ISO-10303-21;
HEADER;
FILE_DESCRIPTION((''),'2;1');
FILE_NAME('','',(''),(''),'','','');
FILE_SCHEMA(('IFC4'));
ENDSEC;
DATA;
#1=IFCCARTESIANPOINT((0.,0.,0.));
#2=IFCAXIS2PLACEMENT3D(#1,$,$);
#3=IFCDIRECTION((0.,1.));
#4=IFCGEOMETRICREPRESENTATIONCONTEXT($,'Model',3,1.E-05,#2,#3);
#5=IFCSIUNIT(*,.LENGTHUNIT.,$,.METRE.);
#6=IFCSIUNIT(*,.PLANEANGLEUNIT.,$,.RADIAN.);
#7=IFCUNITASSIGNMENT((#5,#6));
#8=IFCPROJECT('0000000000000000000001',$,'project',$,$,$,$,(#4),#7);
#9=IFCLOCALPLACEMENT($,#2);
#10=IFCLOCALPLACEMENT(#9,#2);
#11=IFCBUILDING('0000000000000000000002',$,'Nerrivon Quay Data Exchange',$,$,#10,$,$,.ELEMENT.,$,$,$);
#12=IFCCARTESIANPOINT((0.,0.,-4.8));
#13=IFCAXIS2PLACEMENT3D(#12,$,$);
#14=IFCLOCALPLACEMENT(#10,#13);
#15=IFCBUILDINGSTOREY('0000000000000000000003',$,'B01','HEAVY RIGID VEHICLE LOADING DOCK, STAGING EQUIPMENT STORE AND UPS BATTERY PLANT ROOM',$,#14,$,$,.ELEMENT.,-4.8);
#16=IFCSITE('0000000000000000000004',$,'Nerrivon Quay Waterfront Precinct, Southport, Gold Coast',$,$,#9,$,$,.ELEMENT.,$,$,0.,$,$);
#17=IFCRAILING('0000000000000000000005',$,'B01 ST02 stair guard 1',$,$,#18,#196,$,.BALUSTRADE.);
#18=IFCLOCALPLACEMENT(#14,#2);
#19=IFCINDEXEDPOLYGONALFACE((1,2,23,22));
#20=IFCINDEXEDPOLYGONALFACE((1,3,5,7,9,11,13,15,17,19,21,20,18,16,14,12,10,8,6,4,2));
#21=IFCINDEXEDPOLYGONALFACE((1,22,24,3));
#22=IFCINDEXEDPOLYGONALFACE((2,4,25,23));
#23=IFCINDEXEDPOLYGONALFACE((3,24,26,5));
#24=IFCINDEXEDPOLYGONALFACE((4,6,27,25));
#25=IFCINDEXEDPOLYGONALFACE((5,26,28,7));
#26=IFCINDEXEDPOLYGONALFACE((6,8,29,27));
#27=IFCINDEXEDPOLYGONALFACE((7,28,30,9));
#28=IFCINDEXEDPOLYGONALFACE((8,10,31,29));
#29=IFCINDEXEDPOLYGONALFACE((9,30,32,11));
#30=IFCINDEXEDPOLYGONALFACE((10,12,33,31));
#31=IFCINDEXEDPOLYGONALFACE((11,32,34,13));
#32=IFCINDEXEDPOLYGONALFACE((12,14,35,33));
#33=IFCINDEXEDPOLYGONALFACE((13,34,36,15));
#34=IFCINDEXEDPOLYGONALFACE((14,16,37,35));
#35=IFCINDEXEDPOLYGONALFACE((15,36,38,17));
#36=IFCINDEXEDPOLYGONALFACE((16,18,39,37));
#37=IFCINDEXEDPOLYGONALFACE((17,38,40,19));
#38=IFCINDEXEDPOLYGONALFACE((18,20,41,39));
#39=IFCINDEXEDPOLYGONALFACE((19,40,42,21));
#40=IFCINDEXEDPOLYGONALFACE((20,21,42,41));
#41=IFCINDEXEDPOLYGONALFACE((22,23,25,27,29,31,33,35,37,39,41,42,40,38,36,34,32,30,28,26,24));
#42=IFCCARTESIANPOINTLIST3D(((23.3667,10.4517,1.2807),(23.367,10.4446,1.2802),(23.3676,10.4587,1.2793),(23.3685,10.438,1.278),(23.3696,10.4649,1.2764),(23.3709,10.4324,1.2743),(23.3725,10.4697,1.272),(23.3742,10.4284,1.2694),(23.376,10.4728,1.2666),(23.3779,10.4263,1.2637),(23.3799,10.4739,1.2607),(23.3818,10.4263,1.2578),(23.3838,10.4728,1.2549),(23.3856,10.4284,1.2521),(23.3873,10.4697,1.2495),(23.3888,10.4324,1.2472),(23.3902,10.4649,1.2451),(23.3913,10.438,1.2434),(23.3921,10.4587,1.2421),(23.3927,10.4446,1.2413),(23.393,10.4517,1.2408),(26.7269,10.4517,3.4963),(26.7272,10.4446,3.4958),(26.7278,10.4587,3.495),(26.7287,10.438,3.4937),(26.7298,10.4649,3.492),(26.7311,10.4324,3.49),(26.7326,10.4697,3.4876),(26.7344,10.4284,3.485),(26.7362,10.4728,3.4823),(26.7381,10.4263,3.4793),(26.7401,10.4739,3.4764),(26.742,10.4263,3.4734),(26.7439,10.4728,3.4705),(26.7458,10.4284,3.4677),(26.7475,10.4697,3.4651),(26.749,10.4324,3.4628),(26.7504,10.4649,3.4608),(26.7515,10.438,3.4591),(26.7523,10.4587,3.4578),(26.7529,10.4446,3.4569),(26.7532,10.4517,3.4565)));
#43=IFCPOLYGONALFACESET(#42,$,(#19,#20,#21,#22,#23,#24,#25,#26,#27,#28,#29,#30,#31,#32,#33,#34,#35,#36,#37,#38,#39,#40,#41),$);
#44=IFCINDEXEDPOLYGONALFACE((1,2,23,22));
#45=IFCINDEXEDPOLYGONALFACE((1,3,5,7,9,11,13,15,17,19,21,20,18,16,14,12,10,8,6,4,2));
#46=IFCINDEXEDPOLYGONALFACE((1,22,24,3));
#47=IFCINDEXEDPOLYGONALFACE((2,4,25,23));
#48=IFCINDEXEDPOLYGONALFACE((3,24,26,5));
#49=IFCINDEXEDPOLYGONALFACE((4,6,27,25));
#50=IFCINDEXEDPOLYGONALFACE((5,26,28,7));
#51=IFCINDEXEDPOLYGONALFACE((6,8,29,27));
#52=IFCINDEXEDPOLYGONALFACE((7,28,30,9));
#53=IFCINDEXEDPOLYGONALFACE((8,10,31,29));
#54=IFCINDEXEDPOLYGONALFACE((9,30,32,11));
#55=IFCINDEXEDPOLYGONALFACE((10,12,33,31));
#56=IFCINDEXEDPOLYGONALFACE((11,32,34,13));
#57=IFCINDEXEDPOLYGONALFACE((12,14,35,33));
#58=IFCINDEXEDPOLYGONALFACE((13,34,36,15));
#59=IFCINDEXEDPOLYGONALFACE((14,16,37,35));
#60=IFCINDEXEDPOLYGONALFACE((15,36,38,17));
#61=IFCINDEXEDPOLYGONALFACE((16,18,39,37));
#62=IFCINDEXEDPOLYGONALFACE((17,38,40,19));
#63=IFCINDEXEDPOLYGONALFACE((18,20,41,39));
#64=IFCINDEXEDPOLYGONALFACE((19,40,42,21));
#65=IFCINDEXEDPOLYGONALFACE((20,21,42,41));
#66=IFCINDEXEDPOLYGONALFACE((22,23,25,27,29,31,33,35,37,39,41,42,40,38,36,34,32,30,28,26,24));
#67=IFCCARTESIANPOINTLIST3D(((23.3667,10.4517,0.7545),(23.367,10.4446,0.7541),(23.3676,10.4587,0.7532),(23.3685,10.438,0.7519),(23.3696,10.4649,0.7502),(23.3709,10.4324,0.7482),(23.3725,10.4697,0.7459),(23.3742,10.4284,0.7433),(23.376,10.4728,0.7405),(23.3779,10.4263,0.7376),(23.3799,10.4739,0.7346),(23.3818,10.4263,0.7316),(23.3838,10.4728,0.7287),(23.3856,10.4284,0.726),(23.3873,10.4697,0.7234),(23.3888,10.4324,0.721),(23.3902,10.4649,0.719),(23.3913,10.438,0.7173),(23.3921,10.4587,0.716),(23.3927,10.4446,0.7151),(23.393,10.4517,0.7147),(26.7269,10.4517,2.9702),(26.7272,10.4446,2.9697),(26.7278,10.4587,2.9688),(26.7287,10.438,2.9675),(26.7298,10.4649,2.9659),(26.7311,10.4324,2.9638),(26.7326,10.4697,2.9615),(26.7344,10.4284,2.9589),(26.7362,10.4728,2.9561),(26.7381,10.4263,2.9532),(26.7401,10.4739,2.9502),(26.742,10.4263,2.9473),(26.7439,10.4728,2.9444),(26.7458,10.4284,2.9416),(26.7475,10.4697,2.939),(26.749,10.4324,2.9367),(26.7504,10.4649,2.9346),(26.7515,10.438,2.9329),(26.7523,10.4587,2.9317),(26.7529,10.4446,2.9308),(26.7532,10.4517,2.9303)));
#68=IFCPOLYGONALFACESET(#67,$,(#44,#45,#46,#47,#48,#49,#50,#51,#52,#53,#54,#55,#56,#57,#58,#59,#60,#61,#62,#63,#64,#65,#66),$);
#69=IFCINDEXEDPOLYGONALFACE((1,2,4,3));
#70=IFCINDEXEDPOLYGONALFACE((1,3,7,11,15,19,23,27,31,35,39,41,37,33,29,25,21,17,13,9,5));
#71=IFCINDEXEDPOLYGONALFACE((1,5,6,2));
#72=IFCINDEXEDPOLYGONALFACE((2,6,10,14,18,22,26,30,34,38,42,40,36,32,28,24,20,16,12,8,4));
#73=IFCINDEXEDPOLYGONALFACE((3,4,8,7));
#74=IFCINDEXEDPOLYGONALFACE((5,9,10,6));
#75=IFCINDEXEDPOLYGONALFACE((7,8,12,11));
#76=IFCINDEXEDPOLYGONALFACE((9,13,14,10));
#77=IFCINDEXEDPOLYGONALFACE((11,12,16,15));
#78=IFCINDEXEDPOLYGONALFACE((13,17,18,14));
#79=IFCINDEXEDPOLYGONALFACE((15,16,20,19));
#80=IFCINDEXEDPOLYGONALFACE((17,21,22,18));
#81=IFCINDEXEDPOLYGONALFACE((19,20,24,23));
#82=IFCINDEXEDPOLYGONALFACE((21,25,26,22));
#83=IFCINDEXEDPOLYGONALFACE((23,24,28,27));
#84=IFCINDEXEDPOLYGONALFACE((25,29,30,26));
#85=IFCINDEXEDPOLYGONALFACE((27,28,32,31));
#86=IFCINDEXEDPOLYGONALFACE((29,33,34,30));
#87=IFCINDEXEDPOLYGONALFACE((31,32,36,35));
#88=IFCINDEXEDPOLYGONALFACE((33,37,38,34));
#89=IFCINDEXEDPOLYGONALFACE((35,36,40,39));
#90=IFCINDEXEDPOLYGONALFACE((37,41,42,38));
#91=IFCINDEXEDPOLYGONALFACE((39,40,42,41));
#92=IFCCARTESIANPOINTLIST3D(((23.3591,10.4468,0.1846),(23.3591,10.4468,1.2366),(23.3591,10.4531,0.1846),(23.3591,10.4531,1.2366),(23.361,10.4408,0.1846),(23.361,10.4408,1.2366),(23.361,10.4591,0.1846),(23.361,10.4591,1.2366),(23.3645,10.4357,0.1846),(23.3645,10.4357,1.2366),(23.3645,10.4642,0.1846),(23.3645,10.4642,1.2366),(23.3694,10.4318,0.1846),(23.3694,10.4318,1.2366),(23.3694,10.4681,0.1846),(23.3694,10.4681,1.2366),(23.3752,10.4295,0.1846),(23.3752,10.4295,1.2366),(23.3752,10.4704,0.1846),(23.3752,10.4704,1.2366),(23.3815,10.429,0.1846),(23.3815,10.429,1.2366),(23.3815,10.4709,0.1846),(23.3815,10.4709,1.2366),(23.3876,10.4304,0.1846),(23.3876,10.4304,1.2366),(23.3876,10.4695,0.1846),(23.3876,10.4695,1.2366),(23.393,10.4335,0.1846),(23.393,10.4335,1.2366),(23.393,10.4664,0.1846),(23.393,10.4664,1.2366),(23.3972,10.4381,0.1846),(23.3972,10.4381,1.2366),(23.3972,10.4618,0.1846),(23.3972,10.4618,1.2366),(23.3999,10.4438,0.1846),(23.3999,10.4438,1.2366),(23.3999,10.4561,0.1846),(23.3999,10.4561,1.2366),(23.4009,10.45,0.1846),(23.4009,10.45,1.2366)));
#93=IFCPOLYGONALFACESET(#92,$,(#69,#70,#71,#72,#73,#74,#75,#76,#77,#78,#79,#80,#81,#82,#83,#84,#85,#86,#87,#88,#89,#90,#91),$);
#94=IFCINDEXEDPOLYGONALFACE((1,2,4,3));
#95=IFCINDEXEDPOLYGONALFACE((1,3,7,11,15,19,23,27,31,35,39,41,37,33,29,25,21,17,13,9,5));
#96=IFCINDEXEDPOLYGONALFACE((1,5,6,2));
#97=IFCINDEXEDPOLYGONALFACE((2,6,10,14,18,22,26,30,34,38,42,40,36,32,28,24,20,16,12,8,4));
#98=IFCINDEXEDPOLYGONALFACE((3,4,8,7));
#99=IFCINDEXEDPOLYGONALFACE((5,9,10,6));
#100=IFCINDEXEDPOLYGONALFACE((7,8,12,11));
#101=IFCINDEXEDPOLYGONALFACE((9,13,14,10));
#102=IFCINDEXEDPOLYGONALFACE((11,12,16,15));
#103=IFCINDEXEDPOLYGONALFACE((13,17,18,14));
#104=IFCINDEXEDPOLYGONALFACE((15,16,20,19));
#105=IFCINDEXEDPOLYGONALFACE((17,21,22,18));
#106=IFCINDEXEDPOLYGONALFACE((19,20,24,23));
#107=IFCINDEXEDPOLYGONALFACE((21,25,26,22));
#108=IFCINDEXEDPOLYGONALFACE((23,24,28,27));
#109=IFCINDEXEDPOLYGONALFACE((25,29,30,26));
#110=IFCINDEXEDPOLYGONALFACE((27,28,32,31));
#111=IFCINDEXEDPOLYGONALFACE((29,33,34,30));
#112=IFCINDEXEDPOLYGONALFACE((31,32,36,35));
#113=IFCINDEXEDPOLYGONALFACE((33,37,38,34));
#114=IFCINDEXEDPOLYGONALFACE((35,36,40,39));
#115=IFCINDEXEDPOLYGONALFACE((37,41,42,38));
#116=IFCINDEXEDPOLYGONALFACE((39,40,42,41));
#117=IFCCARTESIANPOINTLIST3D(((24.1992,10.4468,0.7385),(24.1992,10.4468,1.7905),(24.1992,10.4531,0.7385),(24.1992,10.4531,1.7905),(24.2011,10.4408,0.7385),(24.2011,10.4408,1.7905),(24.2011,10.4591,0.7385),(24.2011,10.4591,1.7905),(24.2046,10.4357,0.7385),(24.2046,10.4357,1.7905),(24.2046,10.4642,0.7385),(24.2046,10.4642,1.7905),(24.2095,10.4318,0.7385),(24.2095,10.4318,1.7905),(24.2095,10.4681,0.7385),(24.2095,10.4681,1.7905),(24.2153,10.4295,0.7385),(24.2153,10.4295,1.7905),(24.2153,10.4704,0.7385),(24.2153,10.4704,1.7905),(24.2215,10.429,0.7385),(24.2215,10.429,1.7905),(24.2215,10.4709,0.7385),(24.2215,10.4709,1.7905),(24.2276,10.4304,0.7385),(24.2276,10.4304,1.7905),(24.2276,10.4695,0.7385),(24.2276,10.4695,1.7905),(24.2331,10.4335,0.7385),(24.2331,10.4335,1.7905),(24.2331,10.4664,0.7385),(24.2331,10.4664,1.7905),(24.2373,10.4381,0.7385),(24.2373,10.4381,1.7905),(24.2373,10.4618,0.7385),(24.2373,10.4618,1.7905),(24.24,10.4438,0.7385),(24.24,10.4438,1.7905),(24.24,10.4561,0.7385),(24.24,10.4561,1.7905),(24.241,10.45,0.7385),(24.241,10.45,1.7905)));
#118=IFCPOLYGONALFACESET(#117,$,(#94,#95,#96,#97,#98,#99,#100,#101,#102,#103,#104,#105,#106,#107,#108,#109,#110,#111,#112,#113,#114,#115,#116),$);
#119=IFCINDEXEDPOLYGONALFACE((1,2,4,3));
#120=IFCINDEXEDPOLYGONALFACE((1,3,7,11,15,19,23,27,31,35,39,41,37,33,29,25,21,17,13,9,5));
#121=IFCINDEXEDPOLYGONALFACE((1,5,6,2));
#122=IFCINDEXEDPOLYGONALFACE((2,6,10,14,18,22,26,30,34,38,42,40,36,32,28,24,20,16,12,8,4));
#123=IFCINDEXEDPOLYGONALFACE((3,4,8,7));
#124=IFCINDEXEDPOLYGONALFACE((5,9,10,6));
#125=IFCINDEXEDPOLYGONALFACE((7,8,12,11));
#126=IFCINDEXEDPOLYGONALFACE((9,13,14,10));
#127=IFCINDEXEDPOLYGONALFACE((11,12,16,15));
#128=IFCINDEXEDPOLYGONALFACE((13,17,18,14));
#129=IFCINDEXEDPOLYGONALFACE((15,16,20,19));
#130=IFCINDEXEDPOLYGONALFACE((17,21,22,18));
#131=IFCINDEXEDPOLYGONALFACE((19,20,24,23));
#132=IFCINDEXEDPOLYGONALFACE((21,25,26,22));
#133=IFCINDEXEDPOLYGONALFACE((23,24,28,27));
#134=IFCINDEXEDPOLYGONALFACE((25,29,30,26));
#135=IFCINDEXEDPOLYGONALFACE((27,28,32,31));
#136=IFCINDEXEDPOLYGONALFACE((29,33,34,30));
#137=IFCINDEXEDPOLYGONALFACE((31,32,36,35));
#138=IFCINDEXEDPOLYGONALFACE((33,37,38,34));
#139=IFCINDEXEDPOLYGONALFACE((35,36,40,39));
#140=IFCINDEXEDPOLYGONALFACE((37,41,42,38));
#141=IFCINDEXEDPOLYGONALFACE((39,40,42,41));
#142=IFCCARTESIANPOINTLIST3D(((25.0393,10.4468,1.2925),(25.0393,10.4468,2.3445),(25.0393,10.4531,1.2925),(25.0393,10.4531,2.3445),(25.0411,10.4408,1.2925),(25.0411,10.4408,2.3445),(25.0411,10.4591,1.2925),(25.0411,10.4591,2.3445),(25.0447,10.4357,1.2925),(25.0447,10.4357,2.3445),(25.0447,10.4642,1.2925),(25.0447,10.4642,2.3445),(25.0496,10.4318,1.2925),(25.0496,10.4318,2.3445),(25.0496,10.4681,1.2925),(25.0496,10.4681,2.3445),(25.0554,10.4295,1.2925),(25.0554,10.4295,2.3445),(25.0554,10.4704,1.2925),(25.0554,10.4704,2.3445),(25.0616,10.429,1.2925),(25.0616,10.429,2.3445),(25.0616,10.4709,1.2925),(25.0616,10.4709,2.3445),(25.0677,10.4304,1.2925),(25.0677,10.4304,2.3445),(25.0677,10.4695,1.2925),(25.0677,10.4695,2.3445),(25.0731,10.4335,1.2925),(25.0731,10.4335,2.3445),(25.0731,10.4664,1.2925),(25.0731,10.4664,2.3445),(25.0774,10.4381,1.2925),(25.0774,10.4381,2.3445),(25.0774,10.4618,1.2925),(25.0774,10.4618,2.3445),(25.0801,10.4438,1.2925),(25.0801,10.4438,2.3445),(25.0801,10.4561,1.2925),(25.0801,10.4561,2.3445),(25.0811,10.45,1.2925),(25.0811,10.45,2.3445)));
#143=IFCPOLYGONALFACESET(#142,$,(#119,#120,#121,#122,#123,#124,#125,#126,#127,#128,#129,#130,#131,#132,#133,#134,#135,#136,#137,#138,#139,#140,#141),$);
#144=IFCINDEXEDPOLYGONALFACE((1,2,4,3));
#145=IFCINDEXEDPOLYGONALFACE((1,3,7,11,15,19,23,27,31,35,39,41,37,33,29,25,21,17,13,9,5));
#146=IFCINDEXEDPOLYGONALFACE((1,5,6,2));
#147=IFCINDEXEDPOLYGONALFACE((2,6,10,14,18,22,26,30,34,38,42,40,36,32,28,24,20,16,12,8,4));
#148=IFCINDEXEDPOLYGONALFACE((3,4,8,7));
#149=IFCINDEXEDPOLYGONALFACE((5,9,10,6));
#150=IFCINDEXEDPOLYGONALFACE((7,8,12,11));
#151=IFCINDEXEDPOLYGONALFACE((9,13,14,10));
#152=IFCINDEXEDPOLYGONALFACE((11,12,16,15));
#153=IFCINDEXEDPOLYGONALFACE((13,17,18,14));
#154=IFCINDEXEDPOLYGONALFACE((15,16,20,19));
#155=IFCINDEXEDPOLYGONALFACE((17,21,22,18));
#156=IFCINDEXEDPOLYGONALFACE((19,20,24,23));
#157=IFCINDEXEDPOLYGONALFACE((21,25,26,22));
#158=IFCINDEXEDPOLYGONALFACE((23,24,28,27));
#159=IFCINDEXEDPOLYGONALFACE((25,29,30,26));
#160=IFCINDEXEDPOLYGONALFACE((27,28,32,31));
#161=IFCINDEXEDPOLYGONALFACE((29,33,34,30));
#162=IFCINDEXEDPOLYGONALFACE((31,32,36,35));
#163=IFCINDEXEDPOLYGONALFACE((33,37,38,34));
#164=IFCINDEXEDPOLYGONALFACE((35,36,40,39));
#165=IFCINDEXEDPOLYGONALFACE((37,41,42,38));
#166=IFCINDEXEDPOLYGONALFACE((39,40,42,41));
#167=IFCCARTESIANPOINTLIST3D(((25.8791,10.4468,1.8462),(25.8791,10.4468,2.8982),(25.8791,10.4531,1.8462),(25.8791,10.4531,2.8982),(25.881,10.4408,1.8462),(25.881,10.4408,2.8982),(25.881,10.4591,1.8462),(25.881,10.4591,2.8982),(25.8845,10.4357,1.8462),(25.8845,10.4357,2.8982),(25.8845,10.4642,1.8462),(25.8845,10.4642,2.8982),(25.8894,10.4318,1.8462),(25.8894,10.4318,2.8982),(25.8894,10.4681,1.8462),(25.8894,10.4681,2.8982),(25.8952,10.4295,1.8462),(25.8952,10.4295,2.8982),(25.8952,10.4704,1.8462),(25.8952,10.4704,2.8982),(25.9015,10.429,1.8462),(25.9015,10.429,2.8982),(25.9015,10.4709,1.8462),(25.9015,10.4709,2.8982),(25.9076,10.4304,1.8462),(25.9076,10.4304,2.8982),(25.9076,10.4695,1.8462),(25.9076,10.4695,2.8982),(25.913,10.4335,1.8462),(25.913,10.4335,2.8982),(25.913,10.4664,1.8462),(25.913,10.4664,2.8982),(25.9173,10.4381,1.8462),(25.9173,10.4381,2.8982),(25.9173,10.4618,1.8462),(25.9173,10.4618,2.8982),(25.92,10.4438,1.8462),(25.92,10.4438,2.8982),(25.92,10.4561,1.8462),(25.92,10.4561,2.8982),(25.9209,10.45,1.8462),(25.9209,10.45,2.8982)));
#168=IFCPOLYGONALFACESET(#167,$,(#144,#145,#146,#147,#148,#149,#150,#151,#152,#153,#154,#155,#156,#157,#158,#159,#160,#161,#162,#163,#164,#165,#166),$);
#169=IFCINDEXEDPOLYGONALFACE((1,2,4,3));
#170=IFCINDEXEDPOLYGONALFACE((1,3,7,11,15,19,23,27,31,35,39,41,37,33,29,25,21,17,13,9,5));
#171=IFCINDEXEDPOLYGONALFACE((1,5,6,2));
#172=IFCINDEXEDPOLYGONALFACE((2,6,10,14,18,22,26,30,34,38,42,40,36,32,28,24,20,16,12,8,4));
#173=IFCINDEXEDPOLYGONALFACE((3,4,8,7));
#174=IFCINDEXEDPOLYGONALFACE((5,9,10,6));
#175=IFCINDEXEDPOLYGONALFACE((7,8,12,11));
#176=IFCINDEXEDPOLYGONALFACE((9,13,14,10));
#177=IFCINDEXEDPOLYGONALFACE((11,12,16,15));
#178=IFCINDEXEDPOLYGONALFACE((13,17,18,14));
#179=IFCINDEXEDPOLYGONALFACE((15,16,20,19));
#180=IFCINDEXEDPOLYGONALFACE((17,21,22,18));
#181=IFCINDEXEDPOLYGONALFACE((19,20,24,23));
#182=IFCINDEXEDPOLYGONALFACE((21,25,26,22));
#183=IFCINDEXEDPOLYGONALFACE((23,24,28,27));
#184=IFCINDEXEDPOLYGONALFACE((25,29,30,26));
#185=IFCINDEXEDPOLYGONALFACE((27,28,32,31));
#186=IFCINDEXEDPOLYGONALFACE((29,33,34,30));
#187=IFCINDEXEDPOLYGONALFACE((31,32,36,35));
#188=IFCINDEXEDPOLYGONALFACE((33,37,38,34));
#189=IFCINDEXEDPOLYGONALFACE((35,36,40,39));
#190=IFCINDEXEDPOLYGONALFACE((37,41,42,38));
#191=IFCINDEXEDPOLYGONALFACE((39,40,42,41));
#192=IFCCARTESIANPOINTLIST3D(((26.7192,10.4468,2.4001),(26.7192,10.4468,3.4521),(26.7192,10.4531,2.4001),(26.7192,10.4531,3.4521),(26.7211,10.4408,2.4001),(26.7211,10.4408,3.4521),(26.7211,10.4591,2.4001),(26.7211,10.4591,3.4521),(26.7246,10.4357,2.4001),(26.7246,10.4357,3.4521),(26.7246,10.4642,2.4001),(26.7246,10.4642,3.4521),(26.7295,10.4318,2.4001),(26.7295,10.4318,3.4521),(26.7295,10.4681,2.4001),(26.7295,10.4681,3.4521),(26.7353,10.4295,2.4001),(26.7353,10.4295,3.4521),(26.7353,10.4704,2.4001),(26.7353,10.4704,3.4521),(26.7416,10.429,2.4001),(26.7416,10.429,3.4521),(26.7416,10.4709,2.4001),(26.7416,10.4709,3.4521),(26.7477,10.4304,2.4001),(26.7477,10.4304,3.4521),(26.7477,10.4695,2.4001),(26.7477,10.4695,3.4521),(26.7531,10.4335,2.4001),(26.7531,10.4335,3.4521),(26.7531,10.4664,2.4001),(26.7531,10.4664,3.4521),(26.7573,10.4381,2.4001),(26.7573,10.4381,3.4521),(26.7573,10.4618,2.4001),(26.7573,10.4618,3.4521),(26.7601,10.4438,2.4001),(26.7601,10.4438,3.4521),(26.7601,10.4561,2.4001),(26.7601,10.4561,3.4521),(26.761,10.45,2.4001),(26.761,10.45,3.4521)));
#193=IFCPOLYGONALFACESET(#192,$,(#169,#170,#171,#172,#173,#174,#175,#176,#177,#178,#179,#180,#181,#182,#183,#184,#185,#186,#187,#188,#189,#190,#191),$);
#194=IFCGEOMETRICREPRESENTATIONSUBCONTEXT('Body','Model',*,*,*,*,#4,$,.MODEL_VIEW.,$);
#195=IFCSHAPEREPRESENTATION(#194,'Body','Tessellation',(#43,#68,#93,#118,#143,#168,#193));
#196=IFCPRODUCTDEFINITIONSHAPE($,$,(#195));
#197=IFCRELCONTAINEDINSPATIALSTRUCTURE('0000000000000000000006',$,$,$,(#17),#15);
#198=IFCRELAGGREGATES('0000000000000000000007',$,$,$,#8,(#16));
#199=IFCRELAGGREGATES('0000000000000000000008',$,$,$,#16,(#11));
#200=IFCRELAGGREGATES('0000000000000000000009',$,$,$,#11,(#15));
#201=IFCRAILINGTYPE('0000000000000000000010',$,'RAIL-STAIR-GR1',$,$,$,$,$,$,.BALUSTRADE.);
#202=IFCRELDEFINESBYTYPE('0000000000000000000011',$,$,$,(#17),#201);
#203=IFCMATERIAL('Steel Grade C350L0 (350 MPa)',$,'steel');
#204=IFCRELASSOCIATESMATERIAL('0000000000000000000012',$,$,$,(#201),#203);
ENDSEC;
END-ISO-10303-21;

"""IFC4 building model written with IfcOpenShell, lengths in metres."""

from ifc_helpers import new_model, si_unit, direction, frame, origin, origin_2d, place, context, subcontext, project, spatial, circle, extrude, material, type_object, element, save


model = new_model("IFC4")

# Units and contexts
model_context = context("Model", 3, precision=1e-05, world=origin(), true_north=direction((0.0, 1.0)))
body_context = subcontext(model_context, "Body", "Model", "MODEL_VIEW")
ifc_project = project(units=[si_unit("LENGTHUNIT", "METRE"), si_unit("PLANEANGLEUNIT", "RADIAN")], contexts=[model_context])

# Site, building, storey
site_placement = place(None, origin())
site = spatial("IfcSite", under=ifc_project, at=site_placement, Name="Nerrivon Quay Waterfront Precinct, Southport, Gold Coast", CompositionType="ELEMENT", RefElevation=0.0)
building_placement = place(site_placement, origin())
building = spatial("IfcBuilding", under=site, at=building_placement, Name="Nerrivon Quay Data Exchange", CompositionType="ELEMENT")
storey_placement = place(building_placement, frame((0.0, 0.0, -4.8)))
storey = spatial("IfcBuildingStorey", under=building, at=storey_placement, Name="B01", Description="HEAVY RIGID VEHICLE LOADING DOCK, STAGING EQUIPMENT STORE AND UPS BATTERY PLANT ROOM", CompositionType="ELEMENT", Elevation=-4.8)

# Railing
ifc_material_1 = material(Name="Steel Grade C350L0 (350 MPa)", Category="steel")
railing_type_1 = type_object("IfcRailingType", Name="RAIL-STAIR-GR1", PredefinedType="BALUSTRADE", material=ifc_material_1)
railing_1_placement = place(storey_placement, frame((23.3799, 10.45, 0.1846)))
element("IfcRailing", 1, at=railing_1_placement, inside=storey, type_object=railing_type_1, Name="B01 ST02 stair guard 1", PredefinedType="BALUSTRADE", context=body_context, shape_type="SweptSolid", body=[
    extrude(circle(Radius=0.0239, at=origin_2d()), frame((0.0, 0.0, 1.0762), z_axis=(0.834849, 0.0, 0.55048), x_axis=(0.0, 1.0, 0.0)), (0.0, 0.0, 1.0), 4.0249),
    extrude(circle(Radius=0.0239, at=origin_2d()), frame((0.0, 0.0, 0.55), z_axis=(0.834849, 0.0, 0.55048), x_axis=(0.0, 1.0, 0.0)), (0.0, 0.0, 1.0), 4.0249),
    extrude(circle(Radius=0.021, at=origin_2d()), origin(), (0.0, 0.0, 1.0), 1.052),
    extrude(circle(Radius=0.021, at=origin_2d()), frame((0.8401, 0.0, 0.554)), (0.0, 0.0, 1.0), 1.052),
    extrude(circle(Radius=0.021, at=origin_2d()), frame((1.6802, 0.0, 1.1079)), (0.0, 0.0, 1.0), 1.052),
    extrude(circle(Radius=0.021, at=origin_2d()), frame((2.52, 0.0, 1.6616)), (0.0, 0.0, 1.0), 1.052),
    extrude(circle(Radius=0.021, at=origin_2d()), frame((3.3601, 0.0, 2.2156)), (0.0, 0.0, 1.0), 1.052),
])

save(model, "model.ifc")
